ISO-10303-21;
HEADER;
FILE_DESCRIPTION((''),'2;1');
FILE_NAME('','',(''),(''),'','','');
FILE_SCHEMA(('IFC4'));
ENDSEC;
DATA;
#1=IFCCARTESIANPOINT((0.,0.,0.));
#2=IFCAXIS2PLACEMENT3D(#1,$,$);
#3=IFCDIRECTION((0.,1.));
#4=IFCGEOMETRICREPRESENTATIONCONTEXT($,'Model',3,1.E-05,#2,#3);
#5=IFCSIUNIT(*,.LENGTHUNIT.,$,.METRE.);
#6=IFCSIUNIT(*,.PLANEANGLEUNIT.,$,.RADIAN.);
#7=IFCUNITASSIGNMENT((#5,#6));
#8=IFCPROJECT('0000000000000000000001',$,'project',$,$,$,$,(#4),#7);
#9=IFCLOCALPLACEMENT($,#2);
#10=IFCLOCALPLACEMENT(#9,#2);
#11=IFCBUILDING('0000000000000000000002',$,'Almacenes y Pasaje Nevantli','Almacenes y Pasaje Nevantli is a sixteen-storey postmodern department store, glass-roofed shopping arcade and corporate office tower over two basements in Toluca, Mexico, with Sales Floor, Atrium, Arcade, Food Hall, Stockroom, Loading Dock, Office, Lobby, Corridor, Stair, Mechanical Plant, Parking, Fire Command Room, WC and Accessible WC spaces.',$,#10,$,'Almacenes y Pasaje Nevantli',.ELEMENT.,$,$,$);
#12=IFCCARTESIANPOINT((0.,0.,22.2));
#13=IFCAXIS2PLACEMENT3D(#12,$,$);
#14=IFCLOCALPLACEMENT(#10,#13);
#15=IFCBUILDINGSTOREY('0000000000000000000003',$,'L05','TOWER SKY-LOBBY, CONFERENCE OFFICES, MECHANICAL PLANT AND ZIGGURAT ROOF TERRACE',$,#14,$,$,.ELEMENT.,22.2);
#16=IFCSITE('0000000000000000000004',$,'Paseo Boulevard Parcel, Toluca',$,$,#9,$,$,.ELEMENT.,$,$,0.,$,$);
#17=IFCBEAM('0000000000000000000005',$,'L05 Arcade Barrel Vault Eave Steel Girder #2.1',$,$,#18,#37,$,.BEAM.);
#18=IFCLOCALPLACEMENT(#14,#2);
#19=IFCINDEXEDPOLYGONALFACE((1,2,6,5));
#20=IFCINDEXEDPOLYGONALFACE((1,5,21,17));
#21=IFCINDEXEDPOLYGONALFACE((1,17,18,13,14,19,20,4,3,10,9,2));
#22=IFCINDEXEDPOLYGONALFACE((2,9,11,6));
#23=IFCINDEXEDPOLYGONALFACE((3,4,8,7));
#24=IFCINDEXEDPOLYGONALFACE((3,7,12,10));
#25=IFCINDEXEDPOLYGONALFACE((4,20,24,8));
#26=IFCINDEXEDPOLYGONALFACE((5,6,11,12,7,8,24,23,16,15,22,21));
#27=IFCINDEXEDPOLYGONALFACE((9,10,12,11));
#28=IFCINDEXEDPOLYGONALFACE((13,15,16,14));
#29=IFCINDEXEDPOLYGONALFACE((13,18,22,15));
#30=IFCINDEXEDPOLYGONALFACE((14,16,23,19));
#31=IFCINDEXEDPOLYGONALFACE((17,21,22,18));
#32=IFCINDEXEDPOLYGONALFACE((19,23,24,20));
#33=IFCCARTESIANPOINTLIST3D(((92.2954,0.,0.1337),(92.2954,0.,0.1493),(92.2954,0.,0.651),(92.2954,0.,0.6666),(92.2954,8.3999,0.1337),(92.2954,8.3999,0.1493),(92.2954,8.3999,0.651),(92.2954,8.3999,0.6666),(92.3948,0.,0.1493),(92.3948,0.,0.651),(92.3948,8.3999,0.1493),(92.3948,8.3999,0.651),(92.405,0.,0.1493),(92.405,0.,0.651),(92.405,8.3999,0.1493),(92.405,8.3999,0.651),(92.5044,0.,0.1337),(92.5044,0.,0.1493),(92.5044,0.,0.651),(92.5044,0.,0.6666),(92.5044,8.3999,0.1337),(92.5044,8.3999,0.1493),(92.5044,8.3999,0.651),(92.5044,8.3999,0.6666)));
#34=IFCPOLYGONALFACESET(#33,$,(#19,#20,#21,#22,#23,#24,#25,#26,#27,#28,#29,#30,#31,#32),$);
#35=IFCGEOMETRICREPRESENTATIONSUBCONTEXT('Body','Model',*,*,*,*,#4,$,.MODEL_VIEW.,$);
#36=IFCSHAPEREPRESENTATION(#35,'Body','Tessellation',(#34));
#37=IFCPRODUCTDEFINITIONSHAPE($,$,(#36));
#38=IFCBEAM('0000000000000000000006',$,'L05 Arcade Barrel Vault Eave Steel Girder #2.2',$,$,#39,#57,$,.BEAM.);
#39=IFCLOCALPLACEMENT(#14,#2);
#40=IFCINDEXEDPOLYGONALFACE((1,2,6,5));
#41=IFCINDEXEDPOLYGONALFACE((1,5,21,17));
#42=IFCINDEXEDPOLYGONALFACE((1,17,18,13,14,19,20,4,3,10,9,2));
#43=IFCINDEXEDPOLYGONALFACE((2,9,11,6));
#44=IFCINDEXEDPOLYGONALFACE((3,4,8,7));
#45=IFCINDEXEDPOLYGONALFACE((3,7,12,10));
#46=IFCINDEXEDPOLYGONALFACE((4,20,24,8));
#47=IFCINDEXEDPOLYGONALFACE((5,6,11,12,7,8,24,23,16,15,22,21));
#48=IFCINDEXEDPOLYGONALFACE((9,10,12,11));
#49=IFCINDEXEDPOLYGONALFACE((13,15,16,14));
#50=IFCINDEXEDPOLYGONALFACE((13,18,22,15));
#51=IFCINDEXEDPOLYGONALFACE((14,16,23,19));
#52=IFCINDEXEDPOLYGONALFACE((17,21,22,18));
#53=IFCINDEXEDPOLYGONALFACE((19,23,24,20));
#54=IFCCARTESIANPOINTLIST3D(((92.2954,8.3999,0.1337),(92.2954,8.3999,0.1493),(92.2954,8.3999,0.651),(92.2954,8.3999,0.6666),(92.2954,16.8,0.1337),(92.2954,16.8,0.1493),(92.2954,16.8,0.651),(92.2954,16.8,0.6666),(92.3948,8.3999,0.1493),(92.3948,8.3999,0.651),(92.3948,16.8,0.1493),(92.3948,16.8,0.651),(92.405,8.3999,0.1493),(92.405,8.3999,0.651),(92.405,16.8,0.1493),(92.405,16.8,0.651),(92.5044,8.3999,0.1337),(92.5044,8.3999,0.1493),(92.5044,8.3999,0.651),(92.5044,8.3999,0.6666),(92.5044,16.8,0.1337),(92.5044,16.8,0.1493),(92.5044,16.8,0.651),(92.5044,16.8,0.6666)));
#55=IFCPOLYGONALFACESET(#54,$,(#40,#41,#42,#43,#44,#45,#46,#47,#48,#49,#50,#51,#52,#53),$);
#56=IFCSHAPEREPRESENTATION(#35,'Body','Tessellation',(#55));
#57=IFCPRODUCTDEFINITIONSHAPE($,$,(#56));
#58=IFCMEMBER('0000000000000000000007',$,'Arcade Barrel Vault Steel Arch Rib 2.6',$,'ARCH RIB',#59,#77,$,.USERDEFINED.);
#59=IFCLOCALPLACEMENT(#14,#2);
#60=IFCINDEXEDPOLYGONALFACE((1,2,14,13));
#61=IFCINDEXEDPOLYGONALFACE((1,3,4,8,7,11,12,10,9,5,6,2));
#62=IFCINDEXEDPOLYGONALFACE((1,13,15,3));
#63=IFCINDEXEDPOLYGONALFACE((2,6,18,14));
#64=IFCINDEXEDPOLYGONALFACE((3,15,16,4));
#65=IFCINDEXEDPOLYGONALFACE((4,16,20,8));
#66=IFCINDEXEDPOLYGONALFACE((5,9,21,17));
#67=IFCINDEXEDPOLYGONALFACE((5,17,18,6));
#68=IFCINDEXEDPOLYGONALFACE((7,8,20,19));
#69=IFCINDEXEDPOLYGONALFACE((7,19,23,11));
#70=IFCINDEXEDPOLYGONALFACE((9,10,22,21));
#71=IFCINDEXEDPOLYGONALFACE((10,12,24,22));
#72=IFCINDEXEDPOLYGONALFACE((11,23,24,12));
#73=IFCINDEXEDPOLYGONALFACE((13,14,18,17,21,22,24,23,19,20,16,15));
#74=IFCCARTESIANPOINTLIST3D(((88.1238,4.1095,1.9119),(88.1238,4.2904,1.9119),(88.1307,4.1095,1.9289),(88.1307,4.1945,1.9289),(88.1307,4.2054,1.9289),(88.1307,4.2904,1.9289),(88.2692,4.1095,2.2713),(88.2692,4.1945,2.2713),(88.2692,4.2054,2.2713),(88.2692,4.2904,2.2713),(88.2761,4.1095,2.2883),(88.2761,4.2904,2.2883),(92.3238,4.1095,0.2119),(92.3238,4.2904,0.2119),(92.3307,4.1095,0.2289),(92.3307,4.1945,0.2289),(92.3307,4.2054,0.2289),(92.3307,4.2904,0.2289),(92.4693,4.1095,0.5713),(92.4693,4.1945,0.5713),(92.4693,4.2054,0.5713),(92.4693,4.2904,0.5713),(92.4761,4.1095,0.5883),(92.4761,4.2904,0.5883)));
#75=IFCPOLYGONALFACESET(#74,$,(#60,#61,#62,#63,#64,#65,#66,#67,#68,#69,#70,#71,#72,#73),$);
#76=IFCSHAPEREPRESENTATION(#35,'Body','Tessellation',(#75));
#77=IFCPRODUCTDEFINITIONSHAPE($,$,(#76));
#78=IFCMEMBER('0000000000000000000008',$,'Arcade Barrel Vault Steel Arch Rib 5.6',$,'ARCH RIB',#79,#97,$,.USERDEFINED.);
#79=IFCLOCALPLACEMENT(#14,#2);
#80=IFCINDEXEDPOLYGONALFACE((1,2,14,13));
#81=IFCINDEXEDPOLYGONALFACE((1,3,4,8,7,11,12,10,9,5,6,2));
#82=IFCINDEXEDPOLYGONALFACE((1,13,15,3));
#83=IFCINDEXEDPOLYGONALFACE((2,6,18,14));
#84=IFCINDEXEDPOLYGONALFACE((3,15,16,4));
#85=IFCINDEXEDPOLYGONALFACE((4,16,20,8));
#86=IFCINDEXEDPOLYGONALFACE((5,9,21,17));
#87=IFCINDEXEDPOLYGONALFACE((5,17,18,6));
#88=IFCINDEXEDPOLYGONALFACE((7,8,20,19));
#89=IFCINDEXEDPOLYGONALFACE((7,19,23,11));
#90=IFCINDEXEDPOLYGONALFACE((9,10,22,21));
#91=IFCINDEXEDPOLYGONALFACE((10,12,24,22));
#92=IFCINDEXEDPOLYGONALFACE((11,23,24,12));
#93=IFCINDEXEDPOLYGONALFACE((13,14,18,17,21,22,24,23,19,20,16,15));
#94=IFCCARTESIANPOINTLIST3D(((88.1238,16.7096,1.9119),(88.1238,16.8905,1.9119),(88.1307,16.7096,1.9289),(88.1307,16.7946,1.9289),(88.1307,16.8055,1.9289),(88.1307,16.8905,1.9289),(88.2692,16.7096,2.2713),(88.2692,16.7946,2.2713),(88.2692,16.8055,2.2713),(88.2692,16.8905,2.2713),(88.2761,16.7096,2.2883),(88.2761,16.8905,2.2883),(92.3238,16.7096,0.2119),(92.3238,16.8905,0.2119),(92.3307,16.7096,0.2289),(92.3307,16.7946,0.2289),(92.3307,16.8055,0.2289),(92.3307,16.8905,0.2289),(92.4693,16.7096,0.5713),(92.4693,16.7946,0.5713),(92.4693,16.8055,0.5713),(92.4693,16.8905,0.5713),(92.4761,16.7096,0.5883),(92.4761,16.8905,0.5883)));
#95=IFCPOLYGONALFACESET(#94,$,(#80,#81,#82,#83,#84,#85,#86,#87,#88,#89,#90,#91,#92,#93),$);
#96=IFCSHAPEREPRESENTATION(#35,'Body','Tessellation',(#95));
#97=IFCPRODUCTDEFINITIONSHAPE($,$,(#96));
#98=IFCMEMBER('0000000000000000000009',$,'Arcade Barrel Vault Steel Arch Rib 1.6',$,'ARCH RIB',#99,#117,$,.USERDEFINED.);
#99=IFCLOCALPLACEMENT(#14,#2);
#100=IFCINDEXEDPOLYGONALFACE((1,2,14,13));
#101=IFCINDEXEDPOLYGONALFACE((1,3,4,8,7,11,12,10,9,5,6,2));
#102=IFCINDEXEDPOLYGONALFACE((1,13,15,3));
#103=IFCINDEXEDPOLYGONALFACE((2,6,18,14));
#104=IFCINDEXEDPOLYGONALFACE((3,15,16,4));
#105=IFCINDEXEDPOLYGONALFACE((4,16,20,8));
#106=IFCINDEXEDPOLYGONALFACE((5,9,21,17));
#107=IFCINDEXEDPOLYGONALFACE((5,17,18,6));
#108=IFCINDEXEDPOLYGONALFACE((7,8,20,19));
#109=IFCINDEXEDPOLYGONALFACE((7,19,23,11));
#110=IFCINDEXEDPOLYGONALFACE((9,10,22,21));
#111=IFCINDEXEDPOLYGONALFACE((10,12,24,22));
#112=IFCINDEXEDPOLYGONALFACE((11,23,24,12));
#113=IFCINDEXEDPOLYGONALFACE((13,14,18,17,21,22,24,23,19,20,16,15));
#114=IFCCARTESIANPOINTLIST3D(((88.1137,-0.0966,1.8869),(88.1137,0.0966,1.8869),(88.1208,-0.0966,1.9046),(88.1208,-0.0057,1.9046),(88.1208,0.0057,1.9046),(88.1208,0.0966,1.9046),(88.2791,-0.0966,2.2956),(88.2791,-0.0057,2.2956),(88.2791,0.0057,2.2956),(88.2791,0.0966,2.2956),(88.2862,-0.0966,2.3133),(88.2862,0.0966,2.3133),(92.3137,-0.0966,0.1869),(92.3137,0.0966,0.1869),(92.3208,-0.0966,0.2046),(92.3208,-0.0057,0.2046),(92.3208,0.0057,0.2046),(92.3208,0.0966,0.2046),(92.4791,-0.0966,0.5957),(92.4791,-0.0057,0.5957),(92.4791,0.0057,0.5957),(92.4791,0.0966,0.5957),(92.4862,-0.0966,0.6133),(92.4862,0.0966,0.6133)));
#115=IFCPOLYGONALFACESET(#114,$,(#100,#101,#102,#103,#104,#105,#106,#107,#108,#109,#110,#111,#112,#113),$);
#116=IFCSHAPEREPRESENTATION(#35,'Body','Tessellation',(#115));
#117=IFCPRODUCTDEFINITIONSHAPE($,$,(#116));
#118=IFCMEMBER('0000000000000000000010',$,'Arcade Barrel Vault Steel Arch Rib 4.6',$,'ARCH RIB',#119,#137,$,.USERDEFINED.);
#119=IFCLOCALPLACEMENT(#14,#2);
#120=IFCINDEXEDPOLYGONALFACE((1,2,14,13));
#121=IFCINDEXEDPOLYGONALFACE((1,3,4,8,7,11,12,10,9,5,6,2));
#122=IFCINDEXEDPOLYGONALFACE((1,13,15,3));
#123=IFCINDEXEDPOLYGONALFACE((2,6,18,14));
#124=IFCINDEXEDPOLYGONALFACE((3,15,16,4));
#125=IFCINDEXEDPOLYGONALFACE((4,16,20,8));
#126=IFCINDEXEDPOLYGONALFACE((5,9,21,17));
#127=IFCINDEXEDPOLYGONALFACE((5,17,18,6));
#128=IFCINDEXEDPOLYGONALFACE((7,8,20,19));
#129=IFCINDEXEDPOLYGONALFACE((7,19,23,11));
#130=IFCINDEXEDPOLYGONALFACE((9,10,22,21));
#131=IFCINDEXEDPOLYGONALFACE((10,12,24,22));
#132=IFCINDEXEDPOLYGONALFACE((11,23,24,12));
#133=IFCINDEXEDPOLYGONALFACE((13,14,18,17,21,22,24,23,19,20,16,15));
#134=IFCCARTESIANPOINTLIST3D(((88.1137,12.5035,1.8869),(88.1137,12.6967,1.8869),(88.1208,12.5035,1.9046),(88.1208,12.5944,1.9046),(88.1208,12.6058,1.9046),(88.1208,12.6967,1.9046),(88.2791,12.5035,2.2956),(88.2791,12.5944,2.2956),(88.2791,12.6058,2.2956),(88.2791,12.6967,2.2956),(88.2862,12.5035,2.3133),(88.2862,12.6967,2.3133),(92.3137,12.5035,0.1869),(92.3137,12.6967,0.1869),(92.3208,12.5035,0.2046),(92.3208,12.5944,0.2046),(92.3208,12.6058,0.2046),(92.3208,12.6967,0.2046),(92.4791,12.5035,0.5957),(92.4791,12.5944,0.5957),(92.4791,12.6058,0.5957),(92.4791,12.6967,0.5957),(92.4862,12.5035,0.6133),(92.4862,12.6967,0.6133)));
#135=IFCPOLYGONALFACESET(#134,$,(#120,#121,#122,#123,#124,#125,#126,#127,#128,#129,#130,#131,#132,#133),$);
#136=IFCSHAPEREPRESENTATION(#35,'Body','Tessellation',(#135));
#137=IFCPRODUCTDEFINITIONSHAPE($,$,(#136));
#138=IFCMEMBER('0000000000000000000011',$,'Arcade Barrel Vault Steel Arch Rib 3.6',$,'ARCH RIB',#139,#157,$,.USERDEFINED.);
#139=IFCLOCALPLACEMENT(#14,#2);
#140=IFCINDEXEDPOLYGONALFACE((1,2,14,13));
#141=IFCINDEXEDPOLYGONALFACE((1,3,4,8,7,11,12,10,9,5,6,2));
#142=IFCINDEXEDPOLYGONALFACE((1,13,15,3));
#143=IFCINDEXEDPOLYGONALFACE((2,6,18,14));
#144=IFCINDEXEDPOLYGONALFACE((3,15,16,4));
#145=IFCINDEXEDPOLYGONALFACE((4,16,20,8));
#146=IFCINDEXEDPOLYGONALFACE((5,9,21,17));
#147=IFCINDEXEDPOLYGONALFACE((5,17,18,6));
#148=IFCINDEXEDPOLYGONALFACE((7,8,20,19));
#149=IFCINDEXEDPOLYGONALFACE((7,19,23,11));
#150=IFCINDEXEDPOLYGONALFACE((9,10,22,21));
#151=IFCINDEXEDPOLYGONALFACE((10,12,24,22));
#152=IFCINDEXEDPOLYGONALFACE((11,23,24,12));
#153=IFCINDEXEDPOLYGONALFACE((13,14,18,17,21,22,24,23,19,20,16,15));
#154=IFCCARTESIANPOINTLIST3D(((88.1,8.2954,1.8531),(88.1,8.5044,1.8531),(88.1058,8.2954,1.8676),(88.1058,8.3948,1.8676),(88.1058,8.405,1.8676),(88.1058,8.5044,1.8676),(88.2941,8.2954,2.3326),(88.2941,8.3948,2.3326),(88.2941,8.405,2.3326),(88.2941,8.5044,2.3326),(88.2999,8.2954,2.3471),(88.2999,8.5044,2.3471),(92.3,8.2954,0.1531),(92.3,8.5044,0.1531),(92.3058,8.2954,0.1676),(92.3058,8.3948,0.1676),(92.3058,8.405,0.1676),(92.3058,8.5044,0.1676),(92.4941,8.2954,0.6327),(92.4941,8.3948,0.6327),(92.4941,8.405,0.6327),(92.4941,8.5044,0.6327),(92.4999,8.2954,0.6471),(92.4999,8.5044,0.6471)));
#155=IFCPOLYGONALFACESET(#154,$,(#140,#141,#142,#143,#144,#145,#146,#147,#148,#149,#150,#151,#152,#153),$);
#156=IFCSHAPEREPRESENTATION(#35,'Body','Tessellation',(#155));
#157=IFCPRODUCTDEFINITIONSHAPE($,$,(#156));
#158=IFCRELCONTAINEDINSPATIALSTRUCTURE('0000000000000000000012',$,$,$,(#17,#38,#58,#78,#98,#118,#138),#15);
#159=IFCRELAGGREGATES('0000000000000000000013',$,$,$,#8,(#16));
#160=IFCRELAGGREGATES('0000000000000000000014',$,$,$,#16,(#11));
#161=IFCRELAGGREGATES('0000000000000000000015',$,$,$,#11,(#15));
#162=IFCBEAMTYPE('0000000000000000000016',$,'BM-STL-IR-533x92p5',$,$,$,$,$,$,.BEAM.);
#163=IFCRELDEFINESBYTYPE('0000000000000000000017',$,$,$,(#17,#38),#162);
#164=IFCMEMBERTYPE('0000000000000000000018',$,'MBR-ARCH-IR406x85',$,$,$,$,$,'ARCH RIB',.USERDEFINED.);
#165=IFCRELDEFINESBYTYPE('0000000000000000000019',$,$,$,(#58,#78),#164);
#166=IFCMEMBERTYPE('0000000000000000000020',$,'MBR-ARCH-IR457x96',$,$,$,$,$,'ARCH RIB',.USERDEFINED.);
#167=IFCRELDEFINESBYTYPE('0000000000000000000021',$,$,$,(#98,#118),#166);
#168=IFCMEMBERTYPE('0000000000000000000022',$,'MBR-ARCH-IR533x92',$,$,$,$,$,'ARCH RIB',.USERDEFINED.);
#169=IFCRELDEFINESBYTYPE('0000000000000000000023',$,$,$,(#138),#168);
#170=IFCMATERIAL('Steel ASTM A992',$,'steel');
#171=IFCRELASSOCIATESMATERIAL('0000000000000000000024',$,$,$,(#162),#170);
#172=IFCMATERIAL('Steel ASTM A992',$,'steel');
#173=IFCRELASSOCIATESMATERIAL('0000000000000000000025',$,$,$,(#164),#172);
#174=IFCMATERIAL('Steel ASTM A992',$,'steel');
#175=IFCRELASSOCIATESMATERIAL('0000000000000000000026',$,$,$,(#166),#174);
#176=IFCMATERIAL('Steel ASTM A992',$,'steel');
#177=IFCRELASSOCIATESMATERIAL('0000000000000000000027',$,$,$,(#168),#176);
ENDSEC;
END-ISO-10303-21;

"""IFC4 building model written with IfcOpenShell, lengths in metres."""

from ifc_helpers import new_model, si_unit, direction, frame, origin, origin_2d, place, context, subcontext, project, spatial, i_section, extrude, material, material_profile, profile_set, type_object, element, save


model = new_model("IFC4")

# Units and contexts
model_context = context("Model", 3, precision=1e-05, world=origin(), true_north=direction((0.0, 1.0)))
body_context = subcontext(model_context, "Body", "Model", "MODEL_VIEW")
ifc_project = project(units=[si_unit("LENGTHUNIT", "METRE"), si_unit("PLANEANGLEUNIT", "RADIAN")], contexts=[model_context])

# Site, building, storey
site_placement = place(None, origin())
site = spatial("IfcSite", under=ifc_project, at=site_placement, Name="Paseo Boulevard Parcel, Toluca", CompositionType="ELEMENT", RefElevation=0.0)
building_placement = place(site_placement, origin())
building = spatial("IfcBuilding", under=site, at=building_placement, Name="Almacenes y Pasaje Nevantli", Description="Almacenes y Pasaje Nevantli is a sixteen-storey postmodern department store, glass-roofed shopping arcade and corporate office tower over two basements in Toluca, Mexico, with Sales Floor, Atrium, Arcade, Food Hall, Stockroom, Loading Dock, Office, Lobby, Corridor, Stair, Mechanical Plant, Parking, Fire Command Room, WC and Accessible WC spaces.", LongName="Almacenes y Pasaje Nevantli", CompositionType="ELEMENT")
storey_placement = place(building_placement, frame((0.0, 0.0, 22.2)))
storey = spatial("IfcBuildingStorey", under=building, at=storey_placement, Name="L05", Description="TOWER SKY-LOBBY, CONFERENCE OFFICES, MECHANICAL PLANT AND ZIGGURAT ROOF TERRACE", CompositionType="ELEMENT", Elevation=22.2)

# Beams
ifc_material_1 = material(Name="Steel ASTM A992", Category="steel")
ifc_material_profile_1 = material_profile(ifc_material_1, i_section(OverallWidth=0.209, OverallDepth=0.533, WebThickness=0.0103, FlangeThickness=0.0156, at=origin_2d()), Name="IR 533x92.5")
ifc_profile_set_1 = profile_set([ifc_material_profile_1], Name="Steel ASTM A992")
beam_type_1 = type_object("IfcBeamType", Name="BM-STL-IR-533x92p5", PredefinedType="BEAM", material=ifc_profile_set_1)
beam_1_placement = place(storey_placement, frame((92.3999, 0.0, 0.4001), z_axis=(0.0, 1.0, 0.0), x_axis=(-1.0, 0.0, 0.0)))
element("IfcBeam", 1, at=beam_1_placement, inside=storey, type_object=beam_type_1, Name="L05 Arcade Barrel Vault Eave Steel Girder #2.1", PredefinedType="BEAM", context=body_context, shape_type="SweptSolid", body=[
    extrude(i_section(OverallWidth=0.209, OverallDepth=0.533, WebThickness=0.0103, FlangeThickness=0.0156, at=origin_2d()), origin(), (0.0, 0.0, 1.0), 8.3999),
])
beam_2_placement = place(storey_placement, frame((92.3999, 8.3999, 0.4001), z_axis=(0.0, 1.0, 0.0), x_axis=(-1.0, 0.0, 0.0)))
element("IfcBeam", 2, at=beam_2_placement, inside=storey, type_object=beam_type_1, Name="L05 Arcade Barrel Vault Eave Steel Girder #2.2", PredefinedType="BEAM", context=body_context, shape_type="SweptSolid", body=[
    extrude(i_section(OverallWidth=0.209, OverallDepth=0.533, WebThickness=0.0103, FlangeThickness=0.0156, at=origin_2d()), origin(), (0.0, 0.0, 1.0), 8.4001),
])

# Members
ifc_material_2 = material(Name="Steel ASTM A992", Category="steel")
ifc_material_profile_2 = material_profile(ifc_material_2, i_section(OverallWidth=0.1809, OverallDepth=0.406, WebThickness=0.011, FlangeThickness=0.0183, at=origin_2d()), Name="IR 406x85.0")
ifc_profile_set_2 = profile_set([ifc_material_profile_2], Name="Steel ASTM A992")
member_type_1 = type_object("IfcMemberType", Name="MBR-ARCH-IR406x85", ElementType="ARCH RIB", PredefinedType="USERDEFINED", material=ifc_profile_set_2)
for number, where, z_axis, x_axis, name in (
    (3, (88.2, 4.2, 2.1001), (0.926949, 0.0, -0.375187), (0.0, 1.0, 0.0), "Arcade Barrel Vault Steel Arch Rib 2.6"),
    (4, (88.2, 16.8, 2.1001), (0.926949, 0.0, -0.375187), (0.0, 1.0, 0.0), "Arcade Barrel Vault Steel Arch Rib 5.6"),
):
    element("IfcMember", number, at=place(storey_placement, frame(where, z_axis=z_axis, x_axis=x_axis)), inside=storey, type_object=member_type_1, Name=name, ObjectType="ARCH RIB", PredefinedType="USERDEFINED", context=body_context, shape_type="SweptSolid", body=[
        extrude(i_section(OverallWidth=0.1809, OverallDepth=0.406, WebThickness=0.011, FlangeThickness=0.0183, at=origin_2d()), origin(), (0.0, 0.0, 1.0), 4.531),
    ])
ifc_material_3 = material(Name="Steel ASTM A992", Category="steel")
ifc_material_profile_3 = material_profile(ifc_material_3, i_section(OverallWidth=0.1931, OverallDepth=0.46, WebThickness=0.0115, FlangeThickness=0.019, at=origin_2d()), Name="IR 457x96.7")
ifc_profile_set_3 = profile_set([ifc_material_profile_3], Name="Steel ASTM A992")
member_type_2 = type_object("IfcMemberType", Name="MBR-ARCH-IR457x96", ElementType="ARCH RIB", PredefinedType="USERDEFINED", material=ifc_profile_set_3)
for number, where, z_axis, x_axis, name in (
    (5, (88.2, 0.0, 2.1001), (0.926949, 0.0, -0.375187), (0.0, 1.0, 0.0), "Arcade Barrel Vault Steel Arch Rib 1.6"),
    (6, (88.2, 12.6001, 2.1001), (0.926949, 0.0, -0.375187), (0.0, 1.0, 0.0), "Arcade Barrel Vault Steel Arch Rib 4.6"),
):
    element("IfcMember", number, at=place(storey_placement, frame(where, z_axis=z_axis, x_axis=x_axis)), inside=storey, type_object=member_type_2, Name=name, ObjectType="ARCH RIB", PredefinedType="USERDEFINED", context=body_context, shape_type="SweptSolid", body=[
        extrude(i_section(OverallWidth=0.1931, OverallDepth=0.46, WebThickness=0.0115, FlangeThickness=0.019, at=origin_2d()), origin(), (0.0, 0.0, 1.0), 4.531),
    ])
ifc_material_4 = material(Name="Steel ASTM A992", Category="steel")
ifc_material_profile_4 = material_profile(ifc_material_4, i_section(OverallWidth=0.209, OverallDepth=0.533, WebThickness=0.0103, FlangeThickness=0.0156, at=origin_2d()), Name="IR 533x92.5")
ifc_profile_set_4 = profile_set([ifc_material_profile_4], Name="Steel ASTM A992")
member_type_3 = type_object("IfcMemberType", Name="MBR-ARCH-IR533x92", ElementType="ARCH RIB", PredefinedType="USERDEFINED", material=ifc_profile_set_4)
member_1_placement = place(storey_placement, frame((88.2, 8.3999, 2.1001), z_axis=(0.926949, 0.0, -0.375187), x_axis=(0.0, 1.0, 0.0)))
element("IfcMember", 7, at=member_1_placement, inside=storey, type_object=member_type_3, Name="Arcade Barrel Vault Steel Arch Rib 3.6", ObjectType="ARCH RIB", PredefinedType="USERDEFINED", context=body_context, shape_type="SweptSolid", body=[
    extrude(i_section(OverallWidth=0.209, OverallDepth=0.533, WebThickness=0.0103, FlangeThickness=0.0156, at=origin_2d()), origin(), (0.0, 0.0, 1.0), 4.531),
])

save(model, "model.ifc")
